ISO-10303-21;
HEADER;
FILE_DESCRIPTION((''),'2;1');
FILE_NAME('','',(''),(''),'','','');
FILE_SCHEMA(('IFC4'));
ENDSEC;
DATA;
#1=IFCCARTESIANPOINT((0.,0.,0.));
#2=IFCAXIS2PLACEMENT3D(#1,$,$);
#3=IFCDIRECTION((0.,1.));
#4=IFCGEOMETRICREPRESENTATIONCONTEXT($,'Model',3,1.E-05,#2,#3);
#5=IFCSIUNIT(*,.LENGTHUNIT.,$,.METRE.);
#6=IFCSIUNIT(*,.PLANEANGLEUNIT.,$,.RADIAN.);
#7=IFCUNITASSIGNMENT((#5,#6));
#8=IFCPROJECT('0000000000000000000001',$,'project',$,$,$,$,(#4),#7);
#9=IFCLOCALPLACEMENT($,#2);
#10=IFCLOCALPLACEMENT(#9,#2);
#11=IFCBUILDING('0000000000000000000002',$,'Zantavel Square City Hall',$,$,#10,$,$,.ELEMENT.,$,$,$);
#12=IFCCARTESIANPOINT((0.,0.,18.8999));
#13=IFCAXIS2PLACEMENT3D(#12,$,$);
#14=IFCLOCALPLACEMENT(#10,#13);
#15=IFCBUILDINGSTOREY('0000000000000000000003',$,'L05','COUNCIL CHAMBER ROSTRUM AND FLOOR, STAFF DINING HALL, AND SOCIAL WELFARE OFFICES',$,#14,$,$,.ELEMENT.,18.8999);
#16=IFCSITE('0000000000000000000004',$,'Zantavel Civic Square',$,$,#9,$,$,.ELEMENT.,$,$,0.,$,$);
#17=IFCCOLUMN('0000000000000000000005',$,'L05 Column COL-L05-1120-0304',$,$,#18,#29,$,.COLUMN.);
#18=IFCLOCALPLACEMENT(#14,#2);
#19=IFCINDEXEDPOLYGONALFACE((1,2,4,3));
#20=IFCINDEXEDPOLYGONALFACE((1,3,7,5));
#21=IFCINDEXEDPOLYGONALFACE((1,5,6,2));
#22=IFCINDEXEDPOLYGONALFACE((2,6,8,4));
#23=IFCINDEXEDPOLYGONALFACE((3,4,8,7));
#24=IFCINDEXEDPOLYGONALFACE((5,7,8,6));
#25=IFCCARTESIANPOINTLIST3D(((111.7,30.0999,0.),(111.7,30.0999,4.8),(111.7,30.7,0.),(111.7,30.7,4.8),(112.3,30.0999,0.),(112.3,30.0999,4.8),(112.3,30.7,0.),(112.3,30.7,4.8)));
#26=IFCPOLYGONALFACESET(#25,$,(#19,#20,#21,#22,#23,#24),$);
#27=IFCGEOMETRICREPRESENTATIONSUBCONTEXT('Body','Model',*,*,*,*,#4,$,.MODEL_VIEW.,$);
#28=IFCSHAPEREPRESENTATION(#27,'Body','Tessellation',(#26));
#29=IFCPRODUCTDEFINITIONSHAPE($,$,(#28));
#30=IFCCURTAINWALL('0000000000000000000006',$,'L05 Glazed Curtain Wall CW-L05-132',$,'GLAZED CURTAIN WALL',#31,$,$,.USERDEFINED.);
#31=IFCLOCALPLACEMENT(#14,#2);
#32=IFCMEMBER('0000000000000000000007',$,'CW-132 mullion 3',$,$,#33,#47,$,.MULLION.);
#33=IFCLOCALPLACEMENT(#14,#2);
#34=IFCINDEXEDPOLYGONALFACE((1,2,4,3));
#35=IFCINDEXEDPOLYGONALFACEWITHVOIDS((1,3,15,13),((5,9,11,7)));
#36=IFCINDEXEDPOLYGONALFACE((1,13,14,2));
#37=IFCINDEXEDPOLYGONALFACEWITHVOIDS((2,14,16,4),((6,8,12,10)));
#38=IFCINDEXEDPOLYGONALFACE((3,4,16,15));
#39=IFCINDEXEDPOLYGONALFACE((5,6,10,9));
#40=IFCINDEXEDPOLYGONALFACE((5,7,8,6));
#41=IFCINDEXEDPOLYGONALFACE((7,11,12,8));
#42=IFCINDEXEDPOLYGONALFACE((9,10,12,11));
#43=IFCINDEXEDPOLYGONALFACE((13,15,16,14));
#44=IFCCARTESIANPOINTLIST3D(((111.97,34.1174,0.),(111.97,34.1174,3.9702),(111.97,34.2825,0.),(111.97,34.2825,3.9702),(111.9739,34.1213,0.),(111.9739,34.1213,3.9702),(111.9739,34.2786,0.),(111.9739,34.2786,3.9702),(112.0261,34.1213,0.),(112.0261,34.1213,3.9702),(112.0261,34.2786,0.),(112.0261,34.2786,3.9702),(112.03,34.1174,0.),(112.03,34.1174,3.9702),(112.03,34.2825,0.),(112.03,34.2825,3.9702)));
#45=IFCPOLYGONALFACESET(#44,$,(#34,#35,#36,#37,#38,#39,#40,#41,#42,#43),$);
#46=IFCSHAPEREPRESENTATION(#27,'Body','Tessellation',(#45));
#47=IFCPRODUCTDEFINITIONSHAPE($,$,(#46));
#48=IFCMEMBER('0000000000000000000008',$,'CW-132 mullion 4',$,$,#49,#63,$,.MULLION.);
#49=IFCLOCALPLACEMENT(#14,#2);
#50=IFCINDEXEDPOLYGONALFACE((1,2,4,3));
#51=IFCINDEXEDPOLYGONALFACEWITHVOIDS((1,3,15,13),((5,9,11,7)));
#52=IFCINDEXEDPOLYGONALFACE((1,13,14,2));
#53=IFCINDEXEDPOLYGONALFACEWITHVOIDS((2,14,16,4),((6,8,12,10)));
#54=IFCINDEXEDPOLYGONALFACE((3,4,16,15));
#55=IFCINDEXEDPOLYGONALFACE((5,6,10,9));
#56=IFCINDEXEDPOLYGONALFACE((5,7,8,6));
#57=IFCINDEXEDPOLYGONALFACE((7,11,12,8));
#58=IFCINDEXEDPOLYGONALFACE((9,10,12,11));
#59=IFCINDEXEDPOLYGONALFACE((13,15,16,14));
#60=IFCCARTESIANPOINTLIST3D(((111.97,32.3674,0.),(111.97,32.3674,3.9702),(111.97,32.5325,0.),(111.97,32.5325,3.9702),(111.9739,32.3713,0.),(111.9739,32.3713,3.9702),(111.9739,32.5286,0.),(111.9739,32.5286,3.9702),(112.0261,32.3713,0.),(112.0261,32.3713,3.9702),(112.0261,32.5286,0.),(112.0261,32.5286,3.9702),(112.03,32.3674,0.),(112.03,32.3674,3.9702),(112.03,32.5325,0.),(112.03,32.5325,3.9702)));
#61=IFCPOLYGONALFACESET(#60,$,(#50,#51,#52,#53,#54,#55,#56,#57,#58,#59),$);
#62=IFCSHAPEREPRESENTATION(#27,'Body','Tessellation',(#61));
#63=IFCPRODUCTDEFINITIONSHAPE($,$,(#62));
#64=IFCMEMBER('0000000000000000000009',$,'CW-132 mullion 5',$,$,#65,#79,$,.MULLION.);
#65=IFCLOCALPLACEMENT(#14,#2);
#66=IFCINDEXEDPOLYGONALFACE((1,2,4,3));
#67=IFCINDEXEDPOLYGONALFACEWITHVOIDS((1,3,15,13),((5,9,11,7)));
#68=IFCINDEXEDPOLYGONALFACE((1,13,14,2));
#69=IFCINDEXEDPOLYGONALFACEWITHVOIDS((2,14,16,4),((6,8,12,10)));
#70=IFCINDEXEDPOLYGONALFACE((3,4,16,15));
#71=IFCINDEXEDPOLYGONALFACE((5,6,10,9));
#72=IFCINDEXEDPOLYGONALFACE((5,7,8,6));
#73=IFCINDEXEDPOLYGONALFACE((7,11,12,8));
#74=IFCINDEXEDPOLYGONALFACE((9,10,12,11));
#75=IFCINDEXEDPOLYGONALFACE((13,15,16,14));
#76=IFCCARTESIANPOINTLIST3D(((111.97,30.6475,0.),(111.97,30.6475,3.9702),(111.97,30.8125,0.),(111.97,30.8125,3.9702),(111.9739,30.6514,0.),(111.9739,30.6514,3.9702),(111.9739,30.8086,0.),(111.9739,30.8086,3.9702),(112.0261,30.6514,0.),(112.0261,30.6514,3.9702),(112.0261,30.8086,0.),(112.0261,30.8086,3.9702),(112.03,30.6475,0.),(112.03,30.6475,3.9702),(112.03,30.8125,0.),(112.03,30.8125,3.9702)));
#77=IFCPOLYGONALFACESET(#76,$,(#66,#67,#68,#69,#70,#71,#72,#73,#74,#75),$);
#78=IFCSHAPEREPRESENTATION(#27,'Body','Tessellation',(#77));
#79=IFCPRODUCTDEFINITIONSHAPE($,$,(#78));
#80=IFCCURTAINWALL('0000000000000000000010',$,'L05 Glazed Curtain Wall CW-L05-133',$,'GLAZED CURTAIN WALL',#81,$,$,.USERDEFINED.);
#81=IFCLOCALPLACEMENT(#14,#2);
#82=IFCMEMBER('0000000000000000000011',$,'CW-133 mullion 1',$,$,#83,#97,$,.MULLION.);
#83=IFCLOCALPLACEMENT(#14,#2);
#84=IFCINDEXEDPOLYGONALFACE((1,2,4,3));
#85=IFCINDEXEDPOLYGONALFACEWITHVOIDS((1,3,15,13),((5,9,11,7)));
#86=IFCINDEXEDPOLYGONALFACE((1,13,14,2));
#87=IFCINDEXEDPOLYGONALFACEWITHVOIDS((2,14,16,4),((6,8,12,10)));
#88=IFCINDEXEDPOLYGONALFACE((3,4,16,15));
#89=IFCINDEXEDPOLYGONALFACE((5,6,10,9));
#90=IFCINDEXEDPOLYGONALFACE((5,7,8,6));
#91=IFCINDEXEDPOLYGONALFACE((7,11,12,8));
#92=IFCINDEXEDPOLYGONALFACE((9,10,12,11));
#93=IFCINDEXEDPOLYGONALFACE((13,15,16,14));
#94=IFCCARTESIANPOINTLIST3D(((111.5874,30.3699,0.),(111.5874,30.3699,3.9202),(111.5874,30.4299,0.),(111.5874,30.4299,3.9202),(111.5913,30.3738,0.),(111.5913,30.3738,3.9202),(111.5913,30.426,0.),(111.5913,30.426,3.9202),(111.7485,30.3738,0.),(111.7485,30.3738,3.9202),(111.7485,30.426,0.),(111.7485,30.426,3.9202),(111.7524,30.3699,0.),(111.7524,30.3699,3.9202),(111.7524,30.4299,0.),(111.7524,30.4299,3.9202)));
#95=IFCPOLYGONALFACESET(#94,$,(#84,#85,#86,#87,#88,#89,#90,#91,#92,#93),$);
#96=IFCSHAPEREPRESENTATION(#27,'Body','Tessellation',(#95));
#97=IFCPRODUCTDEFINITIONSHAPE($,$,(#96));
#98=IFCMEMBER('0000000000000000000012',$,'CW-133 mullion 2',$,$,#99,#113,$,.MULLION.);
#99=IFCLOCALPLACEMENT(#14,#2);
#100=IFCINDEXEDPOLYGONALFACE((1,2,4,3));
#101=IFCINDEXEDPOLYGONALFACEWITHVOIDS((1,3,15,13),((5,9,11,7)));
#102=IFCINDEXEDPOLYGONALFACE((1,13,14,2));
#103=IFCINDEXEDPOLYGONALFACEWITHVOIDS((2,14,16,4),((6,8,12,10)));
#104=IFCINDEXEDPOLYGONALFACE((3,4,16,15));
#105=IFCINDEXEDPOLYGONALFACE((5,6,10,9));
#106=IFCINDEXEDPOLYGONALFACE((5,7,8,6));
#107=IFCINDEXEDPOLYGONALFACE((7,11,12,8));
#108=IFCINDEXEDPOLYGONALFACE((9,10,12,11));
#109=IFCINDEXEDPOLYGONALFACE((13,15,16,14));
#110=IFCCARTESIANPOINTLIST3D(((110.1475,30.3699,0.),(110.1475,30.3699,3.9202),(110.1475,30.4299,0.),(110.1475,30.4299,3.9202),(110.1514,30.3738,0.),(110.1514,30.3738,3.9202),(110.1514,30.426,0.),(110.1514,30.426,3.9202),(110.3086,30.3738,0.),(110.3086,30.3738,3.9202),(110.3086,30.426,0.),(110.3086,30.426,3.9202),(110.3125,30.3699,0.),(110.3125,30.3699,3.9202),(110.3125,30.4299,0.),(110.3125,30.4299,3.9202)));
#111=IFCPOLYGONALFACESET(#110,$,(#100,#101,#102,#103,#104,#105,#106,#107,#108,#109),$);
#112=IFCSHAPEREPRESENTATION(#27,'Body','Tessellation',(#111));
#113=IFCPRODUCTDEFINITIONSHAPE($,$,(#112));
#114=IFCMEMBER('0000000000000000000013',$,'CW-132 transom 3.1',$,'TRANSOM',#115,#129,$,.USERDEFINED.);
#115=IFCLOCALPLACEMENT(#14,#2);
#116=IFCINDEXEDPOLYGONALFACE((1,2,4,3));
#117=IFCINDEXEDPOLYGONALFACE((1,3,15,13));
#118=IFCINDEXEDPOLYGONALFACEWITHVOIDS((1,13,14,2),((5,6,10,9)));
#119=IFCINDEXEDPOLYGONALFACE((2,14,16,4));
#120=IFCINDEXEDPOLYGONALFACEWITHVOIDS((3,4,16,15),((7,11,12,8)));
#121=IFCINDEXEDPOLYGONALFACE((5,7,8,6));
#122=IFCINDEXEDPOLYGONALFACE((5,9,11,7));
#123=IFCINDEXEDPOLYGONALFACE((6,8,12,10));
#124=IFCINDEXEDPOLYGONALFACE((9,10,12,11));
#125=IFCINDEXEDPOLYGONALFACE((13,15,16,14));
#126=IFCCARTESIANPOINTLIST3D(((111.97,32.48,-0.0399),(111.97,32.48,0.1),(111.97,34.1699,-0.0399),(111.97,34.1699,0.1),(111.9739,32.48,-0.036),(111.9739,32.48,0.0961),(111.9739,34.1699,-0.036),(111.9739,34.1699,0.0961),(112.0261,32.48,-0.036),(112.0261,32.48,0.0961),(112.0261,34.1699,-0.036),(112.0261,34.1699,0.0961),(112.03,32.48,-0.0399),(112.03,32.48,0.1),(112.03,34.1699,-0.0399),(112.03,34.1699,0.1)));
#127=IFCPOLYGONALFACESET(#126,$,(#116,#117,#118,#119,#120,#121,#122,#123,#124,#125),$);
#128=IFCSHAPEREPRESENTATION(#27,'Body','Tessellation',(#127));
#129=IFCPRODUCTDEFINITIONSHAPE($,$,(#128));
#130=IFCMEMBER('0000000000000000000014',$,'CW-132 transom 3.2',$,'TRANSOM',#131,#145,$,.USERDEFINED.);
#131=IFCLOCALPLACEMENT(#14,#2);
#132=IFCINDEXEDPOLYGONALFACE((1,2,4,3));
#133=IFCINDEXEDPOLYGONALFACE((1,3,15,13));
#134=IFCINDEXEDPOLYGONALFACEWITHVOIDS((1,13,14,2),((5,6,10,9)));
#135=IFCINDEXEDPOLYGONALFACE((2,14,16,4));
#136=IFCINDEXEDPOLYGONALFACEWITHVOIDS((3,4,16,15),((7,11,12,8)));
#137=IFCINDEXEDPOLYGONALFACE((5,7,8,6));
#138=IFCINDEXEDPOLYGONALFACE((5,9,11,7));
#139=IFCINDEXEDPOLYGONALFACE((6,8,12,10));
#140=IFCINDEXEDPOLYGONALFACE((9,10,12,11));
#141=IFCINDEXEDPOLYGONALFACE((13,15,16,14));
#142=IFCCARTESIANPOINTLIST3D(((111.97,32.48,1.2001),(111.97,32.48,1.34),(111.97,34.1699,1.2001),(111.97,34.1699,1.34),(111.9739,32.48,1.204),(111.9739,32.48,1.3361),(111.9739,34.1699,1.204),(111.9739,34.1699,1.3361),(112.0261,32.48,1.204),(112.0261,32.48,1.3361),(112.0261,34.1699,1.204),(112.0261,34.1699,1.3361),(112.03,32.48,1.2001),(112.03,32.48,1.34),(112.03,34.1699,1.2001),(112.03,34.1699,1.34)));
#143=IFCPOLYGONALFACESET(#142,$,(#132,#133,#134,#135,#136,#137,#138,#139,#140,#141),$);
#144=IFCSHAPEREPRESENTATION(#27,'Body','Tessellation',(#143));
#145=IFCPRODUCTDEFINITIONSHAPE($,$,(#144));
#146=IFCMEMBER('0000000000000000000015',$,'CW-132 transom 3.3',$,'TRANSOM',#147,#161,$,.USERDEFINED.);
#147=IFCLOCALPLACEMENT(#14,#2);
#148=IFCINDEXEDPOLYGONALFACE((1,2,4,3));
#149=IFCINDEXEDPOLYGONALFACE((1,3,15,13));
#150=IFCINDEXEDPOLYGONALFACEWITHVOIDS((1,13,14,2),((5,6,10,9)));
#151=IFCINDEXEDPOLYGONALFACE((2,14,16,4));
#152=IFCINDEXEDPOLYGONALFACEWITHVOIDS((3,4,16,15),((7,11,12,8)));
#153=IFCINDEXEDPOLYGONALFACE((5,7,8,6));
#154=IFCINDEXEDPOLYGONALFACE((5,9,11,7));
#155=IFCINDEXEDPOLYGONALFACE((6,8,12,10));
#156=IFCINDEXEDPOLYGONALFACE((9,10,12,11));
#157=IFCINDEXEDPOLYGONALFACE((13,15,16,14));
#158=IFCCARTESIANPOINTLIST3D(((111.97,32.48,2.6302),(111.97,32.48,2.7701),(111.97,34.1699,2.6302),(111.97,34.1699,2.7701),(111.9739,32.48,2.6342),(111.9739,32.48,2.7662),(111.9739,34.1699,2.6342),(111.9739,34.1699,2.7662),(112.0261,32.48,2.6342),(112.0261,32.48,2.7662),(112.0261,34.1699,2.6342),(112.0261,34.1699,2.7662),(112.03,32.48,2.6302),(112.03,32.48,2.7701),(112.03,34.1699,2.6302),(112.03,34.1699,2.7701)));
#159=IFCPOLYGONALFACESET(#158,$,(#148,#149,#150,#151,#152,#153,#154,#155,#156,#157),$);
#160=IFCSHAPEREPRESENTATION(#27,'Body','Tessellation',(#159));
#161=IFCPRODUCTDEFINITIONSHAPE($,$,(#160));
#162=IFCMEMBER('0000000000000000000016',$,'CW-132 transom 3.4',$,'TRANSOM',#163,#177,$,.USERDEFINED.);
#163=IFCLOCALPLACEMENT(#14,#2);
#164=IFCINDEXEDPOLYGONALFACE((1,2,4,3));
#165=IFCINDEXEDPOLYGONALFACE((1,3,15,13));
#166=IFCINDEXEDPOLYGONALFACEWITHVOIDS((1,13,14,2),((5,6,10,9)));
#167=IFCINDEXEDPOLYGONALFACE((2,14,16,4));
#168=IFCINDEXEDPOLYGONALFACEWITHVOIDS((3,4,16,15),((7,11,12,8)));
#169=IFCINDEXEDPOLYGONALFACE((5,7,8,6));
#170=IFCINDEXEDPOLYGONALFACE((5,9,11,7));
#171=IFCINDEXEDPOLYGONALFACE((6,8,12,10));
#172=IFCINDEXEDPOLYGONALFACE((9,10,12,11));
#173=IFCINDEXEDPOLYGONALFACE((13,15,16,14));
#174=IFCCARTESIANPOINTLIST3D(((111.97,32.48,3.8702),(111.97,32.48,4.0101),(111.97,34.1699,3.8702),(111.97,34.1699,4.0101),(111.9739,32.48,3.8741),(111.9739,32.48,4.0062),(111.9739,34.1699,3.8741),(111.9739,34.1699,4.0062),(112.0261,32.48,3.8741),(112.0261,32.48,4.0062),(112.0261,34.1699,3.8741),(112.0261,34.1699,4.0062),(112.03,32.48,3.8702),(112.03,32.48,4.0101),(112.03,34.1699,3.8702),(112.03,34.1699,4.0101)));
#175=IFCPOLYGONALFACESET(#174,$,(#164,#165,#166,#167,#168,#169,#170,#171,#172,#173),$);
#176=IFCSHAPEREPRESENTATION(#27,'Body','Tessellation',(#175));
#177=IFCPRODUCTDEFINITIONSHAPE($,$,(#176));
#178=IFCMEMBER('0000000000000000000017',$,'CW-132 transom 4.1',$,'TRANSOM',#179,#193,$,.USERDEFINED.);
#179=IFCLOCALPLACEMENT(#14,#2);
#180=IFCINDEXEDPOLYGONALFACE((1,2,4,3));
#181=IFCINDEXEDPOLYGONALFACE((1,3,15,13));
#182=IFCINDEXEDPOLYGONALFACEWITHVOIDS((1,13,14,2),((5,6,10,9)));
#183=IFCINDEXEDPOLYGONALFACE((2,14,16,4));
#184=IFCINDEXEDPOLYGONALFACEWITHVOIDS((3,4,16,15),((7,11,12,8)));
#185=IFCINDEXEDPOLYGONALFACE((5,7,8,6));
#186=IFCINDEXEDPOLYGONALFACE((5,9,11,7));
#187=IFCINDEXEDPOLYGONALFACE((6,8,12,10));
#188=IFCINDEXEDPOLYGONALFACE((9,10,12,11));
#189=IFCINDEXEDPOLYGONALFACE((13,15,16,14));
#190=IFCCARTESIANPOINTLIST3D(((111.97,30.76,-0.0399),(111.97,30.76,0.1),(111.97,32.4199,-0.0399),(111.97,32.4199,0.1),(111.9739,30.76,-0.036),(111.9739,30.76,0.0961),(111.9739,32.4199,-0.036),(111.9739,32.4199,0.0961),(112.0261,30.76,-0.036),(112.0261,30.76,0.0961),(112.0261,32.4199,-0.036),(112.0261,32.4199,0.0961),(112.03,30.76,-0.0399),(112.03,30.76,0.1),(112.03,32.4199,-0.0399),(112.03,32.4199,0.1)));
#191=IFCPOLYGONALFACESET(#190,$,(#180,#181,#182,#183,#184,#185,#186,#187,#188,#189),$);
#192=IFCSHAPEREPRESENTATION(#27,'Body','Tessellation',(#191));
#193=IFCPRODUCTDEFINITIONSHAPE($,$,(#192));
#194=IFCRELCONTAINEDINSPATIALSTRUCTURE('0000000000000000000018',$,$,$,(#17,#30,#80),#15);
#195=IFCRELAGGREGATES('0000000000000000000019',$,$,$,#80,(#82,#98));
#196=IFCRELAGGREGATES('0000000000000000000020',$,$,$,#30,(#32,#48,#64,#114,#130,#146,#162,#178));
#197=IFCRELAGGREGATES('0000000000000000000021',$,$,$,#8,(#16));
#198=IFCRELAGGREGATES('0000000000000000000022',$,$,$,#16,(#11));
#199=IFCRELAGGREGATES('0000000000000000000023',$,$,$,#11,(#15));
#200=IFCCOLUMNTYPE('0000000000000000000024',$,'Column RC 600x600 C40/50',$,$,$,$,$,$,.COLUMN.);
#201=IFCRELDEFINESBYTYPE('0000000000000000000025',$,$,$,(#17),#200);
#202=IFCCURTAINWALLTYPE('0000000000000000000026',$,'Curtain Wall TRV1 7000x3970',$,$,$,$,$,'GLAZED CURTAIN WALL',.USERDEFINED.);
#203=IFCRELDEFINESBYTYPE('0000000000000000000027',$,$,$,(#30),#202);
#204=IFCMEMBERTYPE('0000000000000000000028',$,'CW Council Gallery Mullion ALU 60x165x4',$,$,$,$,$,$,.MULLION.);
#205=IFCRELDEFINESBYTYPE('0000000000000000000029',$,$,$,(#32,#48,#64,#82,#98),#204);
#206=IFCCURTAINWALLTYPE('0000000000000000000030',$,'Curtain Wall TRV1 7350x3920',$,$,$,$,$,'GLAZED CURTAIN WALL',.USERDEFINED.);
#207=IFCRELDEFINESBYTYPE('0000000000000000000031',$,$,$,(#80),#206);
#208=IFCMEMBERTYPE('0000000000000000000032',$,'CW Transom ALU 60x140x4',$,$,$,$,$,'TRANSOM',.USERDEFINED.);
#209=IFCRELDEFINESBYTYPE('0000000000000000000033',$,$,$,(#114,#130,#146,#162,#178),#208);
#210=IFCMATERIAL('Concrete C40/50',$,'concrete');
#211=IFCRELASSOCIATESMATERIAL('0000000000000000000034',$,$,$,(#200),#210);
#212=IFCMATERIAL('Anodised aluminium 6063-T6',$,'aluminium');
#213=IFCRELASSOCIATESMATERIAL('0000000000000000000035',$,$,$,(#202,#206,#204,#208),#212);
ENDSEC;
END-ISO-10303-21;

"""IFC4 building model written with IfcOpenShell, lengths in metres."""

from ifc_helpers import new_model, si_unit, direction, frame, origin, origin_2d, place, context, subcontext, project, spatial, rectangle, hollow_rectangle, extrude, material, material_profile, profile_set, type_object, element, aggregate, save


model = new_model("IFC4")

# Units and contexts
model_context = context("Model", 3, precision=1e-05, world=origin(), true_north=direction((0.0, 1.0)))
body_context = subcontext(model_context, "Body", "Model", "MODEL_VIEW")
ifc_project = project(units=[si_unit("LENGTHUNIT", "METRE"), si_unit("PLANEANGLEUNIT", "RADIAN")], contexts=[model_context])

# Site, building, storey
site_placement = place(None, origin())
site = spatial("IfcSite", under=ifc_project, at=site_placement, Name="Zantavel Civic Square", CompositionType="ELEMENT", RefElevation=0.0)
building_placement = place(site_placement, origin())
building = spatial("IfcBuilding", under=site, at=building_placement, Name="Zantavel Square City Hall", CompositionType="ELEMENT")
storey_placement = place(building_placement, frame((0.0, 0.0, 18.8999)))
storey = spatial("IfcBuildingStorey", under=building, at=storey_placement, Name="L05", Description="COUNCIL CHAMBER ROSTRUM AND FLOOR, STAFF DINING HALL, AND SOCIAL WELFARE OFFICES", CompositionType="ELEMENT", Elevation=18.8999)

# Column
ifc_material_1 = material(Name="Concrete C40/50", Category="concrete")
ifc_material_profile_1 = material_profile(ifc_material_1, rectangle(XDim=0.6001, YDim=0.6001, at=origin_2d()), Name="RC 600x600")
ifc_profile_set_1 = profile_set([ifc_material_profile_1], Name="Concrete C40/50")
column_type = type_object("IfcColumnType", Name="Column RC 600x600 C40/50", PredefinedType="COLUMN", material=ifc_profile_set_1)
column_placement = place(storey_placement, frame((112.0, 30.3999, 0.0), z_axis=(0.0, 0.0, 1.0), x_axis=(1.0, 0.0, 0.0)))
element("IfcColumn", 1, at=column_placement, inside=storey, type_object=column_type, Name="L05 Column COL-L05-1120-0304", PredefinedType="COLUMN", context=body_context, shape_type="SweptSolid", body=[
    extrude(rectangle(XDim=0.6001, YDim=0.6001, at=origin_2d()), origin(), (0.0, 0.0, 1.0), 4.8),
])

# Curtain walls, members
ifc_material_2 = material(Name="Anodised aluminium 6063-T6", Category="aluminium")
curtain_wall_type_1 = type_object("IfcCurtainWallType", Name="Curtain Wall TRV1 7000x3970", ElementType="GLAZED CURTAIN WALL", PredefinedType="USERDEFINED", material=ifc_material_2)
curtain_wall_1_placement = place(storey_placement, origin())
curtain_wall_1 = element("IfcCurtainWall", 2, at=curtain_wall_1_placement, inside=storey, type_object=curtain_wall_type_1, Name="L05 Glazed Curtain Wall CW-L05-132", ObjectType="GLAZED CURTAIN WALL", PredefinedType="USERDEFINED")
ifc_material_profile_2 = material_profile(ifc_material_2, hollow_rectangle(XDim=0.0601, YDim=0.165, WallThickness=0.0039, at=origin_2d()), Name="ALU 60x165x4")
ifc_profile_set_2 = profile_set([ifc_material_profile_2], Name="Anodised aluminium 6063-T6")
member_type_1 = type_object("IfcMemberType", Name="CW Council Gallery Mullion ALU 60x165x4", PredefinedType="MULLION", material=ifc_profile_set_2)
member_1_placement = place(storey_placement, frame((112.0, 34.2, 0.0), z_axis=(0.0, 0.0, 1.0), x_axis=(1.0, 0.0, 0.0)))
member_1 = element("IfcMember", 3, at=member_1_placement, type_object=member_type_1, Name="CW-132 mullion 3", PredefinedType="MULLION", context=body_context, shape_type="SweptSolid", body=[
    extrude(hollow_rectangle(XDim=0.0601, YDim=0.165, WallThickness=0.0039, at=origin_2d()), origin(), (0.0, 0.0, 1.0), 3.9702),
])
member_2_placement = place(storey_placement, frame((112.0, 32.45, 0.0), z_axis=(0.0, 0.0, 1.0), x_axis=(1.0, 0.0, 0.0)))
member_2 = element("IfcMember", 4, at=member_2_placement, type_object=member_type_1, Name="CW-132 mullion 4", PredefinedType="MULLION", context=body_context, shape_type="SweptSolid", body=[
    extrude(hollow_rectangle(XDim=0.0601, YDim=0.165, WallThickness=0.0039, at=origin_2d()), origin(), (0.0, 0.0, 1.0), 3.9702),
])
member_3_placement = place(storey_placement, frame((112.0, 30.73, 0.0), z_axis=(0.0, 0.0, 1.0), x_axis=(1.0, 0.0, 0.0)))
member_3 = element("IfcMember", 5, at=member_3_placement, type_object=member_type_1, Name="CW-132 mullion 5", PredefinedType="MULLION", context=body_context, shape_type="SweptSolid", body=[
    extrude(hollow_rectangle(XDim=0.0601, YDim=0.165, WallThickness=0.0039, at=origin_2d()), origin(), (0.0, 0.0, 1.0), 3.9702),
])
curtain_wall_type_2 = type_object("IfcCurtainWallType", Name="Curtain Wall TRV1 7350x3920", ElementType="GLAZED CURTAIN WALL", PredefinedType="USERDEFINED", material=ifc_material_2)
curtain_wall_2_placement = place(storey_placement, origin())
curtain_wall_2 = element("IfcCurtainWall", 6, at=curtain_wall_2_placement, inside=storey, type_object=curtain_wall_type_2, Name="L05 Glazed Curtain Wall CW-L05-133", ObjectType="GLAZED CURTAIN WALL", PredefinedType="USERDEFINED")
member_4_placement = place(storey_placement, frame((111.6699, 30.3999, 0.0), z_axis=(0.0, 0.0, 1.0), x_axis=(0.0, -1.0, 0.0)))
member_4 = element("IfcMember", 7, at=member_4_placement, type_object=member_type_1, Name="CW-133 mullion 1", PredefinedType="MULLION", context=body_context, shape_type="SweptSolid", body=[
    extrude(hollow_rectangle(XDim=0.0601, YDim=0.165, WallThickness=0.0039, at=origin_2d()), origin(), (0.0, 0.0, 1.0), 3.9202),
])
member_5_placement = place(storey_placement, frame((110.23, 30.3999, 0.0), z_axis=(0.0, 0.0, 1.0), x_axis=(0.0, -1.0, 0.0)))
member_5 = element("IfcMember", 8, at=member_5_placement, type_object=member_type_1, Name="CW-133 mullion 2", PredefinedType="MULLION", context=body_context, shape_type="SweptSolid", body=[
    extrude(hollow_rectangle(XDim=0.0601, YDim=0.165, WallThickness=0.0039, at=origin_2d()), origin(), (0.0, 0.0, 1.0), 3.9202),
])

# Members
ifc_material_profile_3 = material_profile(ifc_material_2, hollow_rectangle(XDim=0.0601, YDim=0.1399, WallThickness=0.0039, at=origin_2d()), Name="ALU 60x140x4")
ifc_profile_set_3 = profile_set([ifc_material_profile_3], Name="Anodised aluminium 6063-T6")
member_type_2 = type_object("IfcMemberType", Name="CW Transom ALU 60x140x4", ElementType="TRANSOM", PredefinedType="USERDEFINED", material=ifc_profile_set_3)
member_6_placement = place(storey_placement, frame((112.0, 34.1699, 0.03), z_axis=(0.0, -1.0, 0.0), x_axis=(1.0, 0.0, 0.0)))
member_6 = element("IfcMember", 9, at=member_6_placement, type_object=member_type_2, Name="CW-132 transom 3.1", ObjectType="TRANSOM", PredefinedType="USERDEFINED", context=body_context, shape_type="SweptSolid", body=[
    extrude(hollow_rectangle(XDim=0.0601, YDim=0.1399, WallThickness=0.0039, at=origin_2d()), origin(), (0.0, 0.0, 1.0), 1.6899),
])
member_7_placement = place(storey_placement, frame((112.0, 34.1699, 1.27), z_axis=(0.0, -1.0, 0.0), x_axis=(1.0, 0.0, 0.0)))
member_7 = element("IfcMember", 10, at=member_7_placement, type_object=member_type_2, Name="CW-132 transom 3.2", ObjectType="TRANSOM", PredefinedType="USERDEFINED", context=body_context, shape_type="SweptSolid", body=[
    extrude(hollow_rectangle(XDim=0.0601, YDim=0.1399, WallThickness=0.0039, at=origin_2d()), origin(), (0.0, 0.0, 1.0), 1.6899),
])
member_8_placement = place(storey_placement, frame((112.0, 34.1699, 2.7002), z_axis=(0.0, -1.0, 0.0), x_axis=(1.0, 0.0, 0.0)))
member_8 = element("IfcMember", 11, at=member_8_placement, type_object=member_type_2, Name="CW-132 transom 3.3", ObjectType="TRANSOM", PredefinedType="USERDEFINED", context=body_context, shape_type="SweptSolid", body=[
    extrude(hollow_rectangle(XDim=0.0601, YDim=0.1399, WallThickness=0.0039, at=origin_2d()), origin(), (0.0, 0.0, 1.0), 1.6899),
])
member_9_placement = place(storey_placement, frame((112.0, 34.1699, 3.9402), z_axis=(0.0, -1.0, 0.0), x_axis=(1.0, 0.0, 0.0)))
member_9 = element("IfcMember", 12, at=member_9_placement, type_object=member_type_2, Name="CW-132 transom 3.4", ObjectType="TRANSOM", PredefinedType="USERDEFINED", context=body_context, shape_type="SweptSolid", body=[
    extrude(hollow_rectangle(XDim=0.0601, YDim=0.1399, WallThickness=0.0039, at=origin_2d()), origin(), (0.0, 0.0, 1.0), 1.6899),
])
member_10_placement = place(storey_placement, frame((112.0, 32.4199, 0.03), z_axis=(0.0, -1.0, 0.0), x_axis=(1.0, 0.0, 0.0)))
member_10 = element("IfcMember", 13, at=member_10_placement, type_object=member_type_2, Name="CW-132 transom 4.1", ObjectType="TRANSOM", PredefinedType="USERDEFINED", context=body_context, shape_type="SweptSolid", body=[
    extrude(hollow_rectangle(XDim=0.0601, YDim=0.1399, WallThickness=0.0039, at=origin_2d()), origin(), (0.0, 0.0, 1.0), 1.6599),
])

aggregate(curtain_wall_2, [member_4, member_5])
aggregate(curtain_wall_1, [member_1, member_2, member_3, member_6, member_7, member_8, member_9, member_10])

save(model, "model.ifc")
